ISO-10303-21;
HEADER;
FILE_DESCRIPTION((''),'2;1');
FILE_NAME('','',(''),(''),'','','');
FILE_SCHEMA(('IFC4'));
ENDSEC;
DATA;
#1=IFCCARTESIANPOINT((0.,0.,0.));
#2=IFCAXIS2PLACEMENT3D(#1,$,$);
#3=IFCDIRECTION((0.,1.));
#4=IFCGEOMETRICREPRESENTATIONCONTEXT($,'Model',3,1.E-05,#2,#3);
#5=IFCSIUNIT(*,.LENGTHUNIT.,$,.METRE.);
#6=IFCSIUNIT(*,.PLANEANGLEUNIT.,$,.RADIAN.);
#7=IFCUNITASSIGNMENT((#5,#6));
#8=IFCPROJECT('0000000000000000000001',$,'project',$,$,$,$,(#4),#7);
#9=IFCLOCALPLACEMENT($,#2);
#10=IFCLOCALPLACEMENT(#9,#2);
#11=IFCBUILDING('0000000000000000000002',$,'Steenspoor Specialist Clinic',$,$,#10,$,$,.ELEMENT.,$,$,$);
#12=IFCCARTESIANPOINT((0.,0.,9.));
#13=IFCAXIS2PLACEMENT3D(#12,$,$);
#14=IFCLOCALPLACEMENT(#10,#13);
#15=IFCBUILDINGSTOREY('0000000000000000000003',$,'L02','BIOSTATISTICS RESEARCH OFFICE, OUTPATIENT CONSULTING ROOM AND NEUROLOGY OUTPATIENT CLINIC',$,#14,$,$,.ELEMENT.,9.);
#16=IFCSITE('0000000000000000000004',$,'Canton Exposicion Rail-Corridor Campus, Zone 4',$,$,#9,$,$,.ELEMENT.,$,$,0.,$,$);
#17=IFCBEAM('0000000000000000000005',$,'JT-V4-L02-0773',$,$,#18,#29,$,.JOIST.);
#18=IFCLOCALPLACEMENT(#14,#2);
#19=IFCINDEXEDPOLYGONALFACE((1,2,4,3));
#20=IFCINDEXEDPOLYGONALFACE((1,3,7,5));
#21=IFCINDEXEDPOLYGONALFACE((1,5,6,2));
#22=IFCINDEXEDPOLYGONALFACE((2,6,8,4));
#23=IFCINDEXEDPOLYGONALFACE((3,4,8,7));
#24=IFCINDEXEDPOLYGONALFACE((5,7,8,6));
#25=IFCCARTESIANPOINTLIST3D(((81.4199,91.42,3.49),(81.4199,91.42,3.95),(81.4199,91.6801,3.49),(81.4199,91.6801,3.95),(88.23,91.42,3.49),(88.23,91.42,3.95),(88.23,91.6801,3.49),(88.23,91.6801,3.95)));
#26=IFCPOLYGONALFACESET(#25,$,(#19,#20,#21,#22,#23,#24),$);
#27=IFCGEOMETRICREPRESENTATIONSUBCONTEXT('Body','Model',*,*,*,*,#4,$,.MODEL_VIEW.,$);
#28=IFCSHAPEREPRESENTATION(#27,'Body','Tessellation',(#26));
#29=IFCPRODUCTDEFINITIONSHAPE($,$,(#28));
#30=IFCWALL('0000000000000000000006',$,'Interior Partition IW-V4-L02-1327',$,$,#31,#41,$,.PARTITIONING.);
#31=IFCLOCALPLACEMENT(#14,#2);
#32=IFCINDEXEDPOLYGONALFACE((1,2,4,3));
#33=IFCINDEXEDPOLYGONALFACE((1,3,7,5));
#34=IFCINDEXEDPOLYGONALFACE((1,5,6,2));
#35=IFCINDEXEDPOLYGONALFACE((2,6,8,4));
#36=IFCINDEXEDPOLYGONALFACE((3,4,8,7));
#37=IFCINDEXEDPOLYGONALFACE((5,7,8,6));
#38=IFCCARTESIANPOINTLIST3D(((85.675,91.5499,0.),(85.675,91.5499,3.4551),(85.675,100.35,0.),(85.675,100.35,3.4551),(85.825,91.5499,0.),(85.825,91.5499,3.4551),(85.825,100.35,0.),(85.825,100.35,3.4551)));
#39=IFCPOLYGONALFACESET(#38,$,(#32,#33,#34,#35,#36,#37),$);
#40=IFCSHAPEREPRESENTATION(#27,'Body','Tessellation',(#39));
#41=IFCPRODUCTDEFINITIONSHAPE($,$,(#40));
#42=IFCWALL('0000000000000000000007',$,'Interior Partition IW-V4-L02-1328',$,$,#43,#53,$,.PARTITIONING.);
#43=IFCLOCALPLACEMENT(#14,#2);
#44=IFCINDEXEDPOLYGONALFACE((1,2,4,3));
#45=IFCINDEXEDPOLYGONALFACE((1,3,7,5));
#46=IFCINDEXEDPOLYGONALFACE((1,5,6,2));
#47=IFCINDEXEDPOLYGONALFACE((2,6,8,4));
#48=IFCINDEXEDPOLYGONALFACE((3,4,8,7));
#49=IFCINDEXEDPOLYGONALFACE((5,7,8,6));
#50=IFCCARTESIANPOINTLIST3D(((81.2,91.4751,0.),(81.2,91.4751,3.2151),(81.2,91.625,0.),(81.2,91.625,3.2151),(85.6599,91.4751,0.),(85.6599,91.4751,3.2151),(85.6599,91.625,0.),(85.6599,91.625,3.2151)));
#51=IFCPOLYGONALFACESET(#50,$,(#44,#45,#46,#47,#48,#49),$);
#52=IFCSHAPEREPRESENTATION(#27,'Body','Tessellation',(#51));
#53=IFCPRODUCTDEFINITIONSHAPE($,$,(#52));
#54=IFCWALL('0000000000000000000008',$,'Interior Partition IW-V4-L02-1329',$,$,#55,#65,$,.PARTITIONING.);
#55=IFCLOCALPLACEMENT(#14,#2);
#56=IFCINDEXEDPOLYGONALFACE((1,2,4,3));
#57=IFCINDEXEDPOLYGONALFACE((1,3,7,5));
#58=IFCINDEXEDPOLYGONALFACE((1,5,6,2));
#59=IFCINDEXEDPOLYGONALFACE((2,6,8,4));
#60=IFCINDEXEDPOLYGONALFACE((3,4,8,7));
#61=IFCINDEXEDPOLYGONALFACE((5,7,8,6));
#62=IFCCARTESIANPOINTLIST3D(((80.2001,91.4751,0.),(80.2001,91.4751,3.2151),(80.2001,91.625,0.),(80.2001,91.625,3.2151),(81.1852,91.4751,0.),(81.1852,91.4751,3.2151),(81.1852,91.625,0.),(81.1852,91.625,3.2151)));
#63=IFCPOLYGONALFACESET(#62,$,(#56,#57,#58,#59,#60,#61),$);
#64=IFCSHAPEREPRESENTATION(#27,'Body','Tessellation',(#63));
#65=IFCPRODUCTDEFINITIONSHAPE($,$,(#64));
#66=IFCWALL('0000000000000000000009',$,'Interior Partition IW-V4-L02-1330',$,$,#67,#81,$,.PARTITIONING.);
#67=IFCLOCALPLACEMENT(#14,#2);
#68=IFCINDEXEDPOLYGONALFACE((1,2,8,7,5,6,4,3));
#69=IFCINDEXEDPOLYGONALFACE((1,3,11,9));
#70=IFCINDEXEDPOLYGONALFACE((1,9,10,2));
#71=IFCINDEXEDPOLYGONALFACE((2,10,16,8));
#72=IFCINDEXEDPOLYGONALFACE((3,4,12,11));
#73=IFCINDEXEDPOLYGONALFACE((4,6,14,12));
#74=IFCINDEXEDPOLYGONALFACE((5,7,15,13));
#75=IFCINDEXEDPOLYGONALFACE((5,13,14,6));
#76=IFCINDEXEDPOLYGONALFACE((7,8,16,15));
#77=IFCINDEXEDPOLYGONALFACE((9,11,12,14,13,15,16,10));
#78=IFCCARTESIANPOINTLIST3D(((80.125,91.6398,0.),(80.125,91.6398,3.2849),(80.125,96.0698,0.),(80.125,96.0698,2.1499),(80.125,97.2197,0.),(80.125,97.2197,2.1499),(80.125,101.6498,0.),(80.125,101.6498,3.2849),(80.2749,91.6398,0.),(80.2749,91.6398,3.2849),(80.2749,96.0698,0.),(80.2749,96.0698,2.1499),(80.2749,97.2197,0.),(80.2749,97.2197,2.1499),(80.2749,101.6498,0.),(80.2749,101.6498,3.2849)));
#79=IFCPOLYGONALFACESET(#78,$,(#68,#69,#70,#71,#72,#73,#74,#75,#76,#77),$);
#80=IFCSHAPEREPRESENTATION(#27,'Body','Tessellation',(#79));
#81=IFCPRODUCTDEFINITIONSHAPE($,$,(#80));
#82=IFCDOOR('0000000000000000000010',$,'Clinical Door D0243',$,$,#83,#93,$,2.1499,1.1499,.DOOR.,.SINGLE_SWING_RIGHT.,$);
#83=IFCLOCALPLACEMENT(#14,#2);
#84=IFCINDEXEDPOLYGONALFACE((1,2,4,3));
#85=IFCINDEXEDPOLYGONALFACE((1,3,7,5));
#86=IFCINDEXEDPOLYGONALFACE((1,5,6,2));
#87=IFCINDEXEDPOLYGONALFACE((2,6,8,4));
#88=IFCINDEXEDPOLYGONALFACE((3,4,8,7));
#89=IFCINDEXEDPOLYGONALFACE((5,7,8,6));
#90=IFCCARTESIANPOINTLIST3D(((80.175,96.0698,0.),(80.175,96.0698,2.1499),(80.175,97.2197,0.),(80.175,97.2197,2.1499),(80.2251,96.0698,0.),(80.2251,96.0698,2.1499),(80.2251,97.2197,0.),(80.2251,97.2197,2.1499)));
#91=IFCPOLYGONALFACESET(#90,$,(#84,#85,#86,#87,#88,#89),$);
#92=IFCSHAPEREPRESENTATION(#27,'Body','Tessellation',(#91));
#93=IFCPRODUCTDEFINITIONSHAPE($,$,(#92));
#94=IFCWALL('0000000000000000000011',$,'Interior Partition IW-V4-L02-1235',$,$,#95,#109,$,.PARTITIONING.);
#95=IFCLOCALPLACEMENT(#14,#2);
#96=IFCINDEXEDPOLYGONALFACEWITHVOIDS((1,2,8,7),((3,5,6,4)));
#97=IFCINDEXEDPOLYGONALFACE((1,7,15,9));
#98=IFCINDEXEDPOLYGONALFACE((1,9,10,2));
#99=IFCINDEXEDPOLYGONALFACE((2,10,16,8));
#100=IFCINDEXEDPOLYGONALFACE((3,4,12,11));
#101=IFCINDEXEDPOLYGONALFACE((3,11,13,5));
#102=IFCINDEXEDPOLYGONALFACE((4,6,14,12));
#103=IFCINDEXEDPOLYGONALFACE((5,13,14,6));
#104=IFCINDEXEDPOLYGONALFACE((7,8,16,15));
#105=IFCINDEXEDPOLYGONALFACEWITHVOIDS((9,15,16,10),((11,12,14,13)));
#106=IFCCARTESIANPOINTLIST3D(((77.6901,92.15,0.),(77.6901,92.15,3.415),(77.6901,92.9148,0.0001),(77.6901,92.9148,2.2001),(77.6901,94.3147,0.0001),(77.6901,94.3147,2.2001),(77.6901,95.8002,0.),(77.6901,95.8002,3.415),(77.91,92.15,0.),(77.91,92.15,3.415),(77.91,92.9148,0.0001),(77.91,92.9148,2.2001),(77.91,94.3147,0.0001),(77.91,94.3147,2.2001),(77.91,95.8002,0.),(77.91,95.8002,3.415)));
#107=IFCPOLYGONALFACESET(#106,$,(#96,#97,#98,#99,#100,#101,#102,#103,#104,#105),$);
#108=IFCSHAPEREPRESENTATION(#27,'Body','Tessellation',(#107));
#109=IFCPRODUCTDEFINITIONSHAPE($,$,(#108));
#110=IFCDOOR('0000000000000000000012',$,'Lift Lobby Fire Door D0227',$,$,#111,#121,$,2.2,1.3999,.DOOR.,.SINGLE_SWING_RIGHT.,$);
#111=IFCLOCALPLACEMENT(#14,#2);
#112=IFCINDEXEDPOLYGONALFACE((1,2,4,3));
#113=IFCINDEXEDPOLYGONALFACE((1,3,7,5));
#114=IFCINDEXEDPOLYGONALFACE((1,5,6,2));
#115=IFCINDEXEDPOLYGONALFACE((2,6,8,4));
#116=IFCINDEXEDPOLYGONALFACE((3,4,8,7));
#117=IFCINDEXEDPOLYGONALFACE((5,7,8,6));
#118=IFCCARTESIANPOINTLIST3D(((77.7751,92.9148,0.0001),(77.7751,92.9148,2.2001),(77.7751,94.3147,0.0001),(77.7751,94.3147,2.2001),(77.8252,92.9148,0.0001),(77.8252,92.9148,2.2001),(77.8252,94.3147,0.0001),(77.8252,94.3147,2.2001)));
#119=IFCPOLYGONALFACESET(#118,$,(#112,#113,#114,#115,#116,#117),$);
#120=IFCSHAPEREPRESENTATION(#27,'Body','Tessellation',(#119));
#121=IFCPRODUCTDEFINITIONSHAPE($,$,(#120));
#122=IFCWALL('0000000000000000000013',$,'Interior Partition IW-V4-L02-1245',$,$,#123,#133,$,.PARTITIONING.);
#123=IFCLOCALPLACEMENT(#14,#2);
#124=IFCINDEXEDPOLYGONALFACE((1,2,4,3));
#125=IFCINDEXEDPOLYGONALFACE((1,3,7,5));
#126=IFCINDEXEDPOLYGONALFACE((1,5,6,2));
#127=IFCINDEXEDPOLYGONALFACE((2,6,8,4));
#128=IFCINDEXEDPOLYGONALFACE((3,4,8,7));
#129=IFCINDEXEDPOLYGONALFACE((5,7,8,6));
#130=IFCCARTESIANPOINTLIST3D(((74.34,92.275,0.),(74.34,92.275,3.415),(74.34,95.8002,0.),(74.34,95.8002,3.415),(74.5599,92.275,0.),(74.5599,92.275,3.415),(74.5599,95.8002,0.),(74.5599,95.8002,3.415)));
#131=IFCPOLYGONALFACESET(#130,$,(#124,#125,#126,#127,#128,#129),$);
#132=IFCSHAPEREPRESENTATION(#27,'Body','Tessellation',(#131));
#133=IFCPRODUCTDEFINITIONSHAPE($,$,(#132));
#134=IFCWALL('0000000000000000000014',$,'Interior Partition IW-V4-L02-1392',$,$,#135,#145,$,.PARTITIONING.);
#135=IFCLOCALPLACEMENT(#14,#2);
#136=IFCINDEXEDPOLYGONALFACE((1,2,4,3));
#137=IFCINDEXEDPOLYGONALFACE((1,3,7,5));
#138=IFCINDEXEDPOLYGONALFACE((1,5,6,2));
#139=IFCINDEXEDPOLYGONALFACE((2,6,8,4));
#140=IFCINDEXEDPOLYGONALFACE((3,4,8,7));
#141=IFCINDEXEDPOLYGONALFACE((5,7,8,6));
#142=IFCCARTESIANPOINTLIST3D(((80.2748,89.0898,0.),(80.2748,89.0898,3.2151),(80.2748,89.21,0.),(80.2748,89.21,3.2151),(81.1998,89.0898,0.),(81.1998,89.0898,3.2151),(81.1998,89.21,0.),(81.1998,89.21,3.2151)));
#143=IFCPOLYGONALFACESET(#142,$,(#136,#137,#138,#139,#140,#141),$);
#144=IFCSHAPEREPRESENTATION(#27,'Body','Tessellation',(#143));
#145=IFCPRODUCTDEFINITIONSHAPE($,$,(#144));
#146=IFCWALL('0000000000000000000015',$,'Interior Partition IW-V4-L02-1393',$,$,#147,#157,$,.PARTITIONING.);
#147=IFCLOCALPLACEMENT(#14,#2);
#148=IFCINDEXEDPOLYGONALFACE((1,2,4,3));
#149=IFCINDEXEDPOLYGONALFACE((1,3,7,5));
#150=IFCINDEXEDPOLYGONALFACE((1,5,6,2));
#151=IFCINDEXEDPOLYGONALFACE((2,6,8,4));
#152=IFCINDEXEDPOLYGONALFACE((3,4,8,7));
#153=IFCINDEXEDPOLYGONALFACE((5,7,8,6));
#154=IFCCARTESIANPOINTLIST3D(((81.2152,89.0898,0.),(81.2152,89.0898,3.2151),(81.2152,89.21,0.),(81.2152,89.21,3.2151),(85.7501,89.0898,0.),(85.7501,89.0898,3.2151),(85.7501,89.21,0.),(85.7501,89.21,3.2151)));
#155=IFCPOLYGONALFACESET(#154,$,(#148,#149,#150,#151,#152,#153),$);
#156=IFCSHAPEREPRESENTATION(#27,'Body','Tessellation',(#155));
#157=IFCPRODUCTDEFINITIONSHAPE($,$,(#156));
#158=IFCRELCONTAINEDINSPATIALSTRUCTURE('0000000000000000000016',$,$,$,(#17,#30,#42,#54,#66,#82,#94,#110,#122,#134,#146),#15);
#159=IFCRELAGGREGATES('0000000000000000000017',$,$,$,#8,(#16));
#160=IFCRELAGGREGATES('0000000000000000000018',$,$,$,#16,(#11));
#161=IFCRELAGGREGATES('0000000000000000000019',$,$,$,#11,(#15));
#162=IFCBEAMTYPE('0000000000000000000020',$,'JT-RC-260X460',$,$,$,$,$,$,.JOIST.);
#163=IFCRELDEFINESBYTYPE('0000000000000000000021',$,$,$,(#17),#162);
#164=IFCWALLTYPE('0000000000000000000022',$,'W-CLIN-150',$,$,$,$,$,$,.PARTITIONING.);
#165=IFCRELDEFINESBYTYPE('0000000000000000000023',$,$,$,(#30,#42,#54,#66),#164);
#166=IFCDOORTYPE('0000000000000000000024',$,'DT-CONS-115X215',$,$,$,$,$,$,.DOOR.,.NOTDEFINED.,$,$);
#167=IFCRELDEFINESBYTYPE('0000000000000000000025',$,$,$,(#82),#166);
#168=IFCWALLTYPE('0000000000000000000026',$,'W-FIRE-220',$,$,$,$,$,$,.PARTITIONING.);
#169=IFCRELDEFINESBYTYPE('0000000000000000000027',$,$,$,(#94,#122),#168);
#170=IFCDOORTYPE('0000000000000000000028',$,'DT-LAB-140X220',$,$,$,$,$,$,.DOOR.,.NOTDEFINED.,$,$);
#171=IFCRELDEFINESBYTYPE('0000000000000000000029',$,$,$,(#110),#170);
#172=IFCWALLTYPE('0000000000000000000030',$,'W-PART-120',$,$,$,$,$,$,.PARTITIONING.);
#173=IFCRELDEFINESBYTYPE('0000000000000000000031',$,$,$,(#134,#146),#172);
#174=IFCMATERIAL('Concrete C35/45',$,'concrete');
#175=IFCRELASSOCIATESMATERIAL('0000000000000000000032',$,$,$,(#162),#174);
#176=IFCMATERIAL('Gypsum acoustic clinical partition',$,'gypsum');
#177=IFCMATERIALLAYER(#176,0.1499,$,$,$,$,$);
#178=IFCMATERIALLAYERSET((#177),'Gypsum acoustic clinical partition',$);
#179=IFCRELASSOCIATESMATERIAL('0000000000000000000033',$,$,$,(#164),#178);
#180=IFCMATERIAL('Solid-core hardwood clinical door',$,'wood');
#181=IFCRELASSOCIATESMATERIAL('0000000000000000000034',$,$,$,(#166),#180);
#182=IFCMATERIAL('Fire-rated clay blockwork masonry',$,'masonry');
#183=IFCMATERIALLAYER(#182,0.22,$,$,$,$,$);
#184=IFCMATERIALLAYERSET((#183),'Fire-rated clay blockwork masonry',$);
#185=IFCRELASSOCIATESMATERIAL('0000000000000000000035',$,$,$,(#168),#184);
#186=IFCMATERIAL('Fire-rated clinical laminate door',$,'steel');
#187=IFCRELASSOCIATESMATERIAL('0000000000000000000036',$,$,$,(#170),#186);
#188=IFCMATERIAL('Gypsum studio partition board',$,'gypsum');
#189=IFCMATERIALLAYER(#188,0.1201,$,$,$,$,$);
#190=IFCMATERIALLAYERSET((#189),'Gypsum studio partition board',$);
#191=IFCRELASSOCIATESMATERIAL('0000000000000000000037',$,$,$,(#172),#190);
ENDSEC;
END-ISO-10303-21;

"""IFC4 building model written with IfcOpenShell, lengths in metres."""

from ifc_helpers import new_model, si_unit, direction, frame, frame_2d, origin, origin_2d, place, context, subcontext, project, spatial, rectangle, extrude, material, layer, layer_set, material_profile, profile_set, type_object, element, fill, save


model = new_model("IFC4")

# Units and contexts
model_context = context("Model", 3, precision=1e-05, world=origin(), true_north=direction((0.0, 1.0)))
body_context = subcontext(model_context, "Body", "Model", "MODEL_VIEW")
ifc_project = project(units=[si_unit("LENGTHUNIT", "METRE"), si_unit("PLANEANGLEUNIT", "RADIAN")], contexts=[model_context])

# Site, building, storey
site_placement = place(None, origin())
site = spatial("IfcSite", under=ifc_project, at=site_placement, Name="Canton Exposicion Rail-Corridor Campus, Zone 4", CompositionType="ELEMENT", RefElevation=0.0)
building_placement = place(site_placement, origin())
building = spatial("IfcBuilding", under=site, at=building_placement, Name="Steenspoor Specialist Clinic", CompositionType="ELEMENT")
storey_placement = place(building_placement, frame((0.0, 0.0, 9.0)))
storey = spatial("IfcBuildingStorey", under=building, at=storey_placement, Name="L02", Description="BIOSTATISTICS RESEARCH OFFICE, OUTPATIENT CONSULTING ROOM AND NEUROLOGY OUTPATIENT CLINIC", CompositionType="ELEMENT", Elevation=9.0)

# Beam
ifc_material_1 = material(Name="Concrete C35/45", Category="concrete")
ifc_material_profile_1 = material_profile(ifc_material_1, rectangle(XDim=0.26, YDim=0.46, at=origin_2d()), Name="RC-JT-260X460")
ifc_profile_set_1 = profile_set([ifc_material_profile_1], Name="Concrete C35/45")
beam_type_1 = type_object("IfcBeamType", Name="JT-RC-260X460", PredefinedType="JOIST", material=ifc_profile_set_1)
beam_1_placement = place(storey_placement, frame((81.4199, 91.55, 3.72), z_axis=(1.0, 0.0, 0.0), x_axis=(0.0, 1.0, 0.0)))
element("IfcBeam", 1, at=beam_1_placement, inside=storey, type_object=beam_type_1, Name="JT-V4-L02-0773", PredefinedType="JOIST", context=body_context, shape_type="SweptSolid", body=[
    extrude(rectangle(XDim=0.26, YDim=0.46, at=origin_2d()), origin(), (0.0, 0.0, 1.0), 6.8101),
])

# Walls
ifc_material_2 = material(Name="Gypsum acoustic clinical partition", Category="gypsum")
ifc_layer_1 = layer(ifc_material_2, 0.1499)
ifc_layer_set_1 = layer_set([ifc_layer_1], Name="Gypsum acoustic clinical partition")
wall_type_1 = type_object("IfcWallType", Name="W-CLIN-150", PredefinedType="PARTITIONING", material=ifc_layer_set_1)
wall_1_placement = place(storey_placement, frame((85.75, 91.55, 0.0), z_axis=(0.0, 0.0, 1.0), x_axis=(0.0, 1.0, 0.0)))
element("IfcWall", 2, at=wall_1_placement, inside=storey, type_object=wall_type_1, Name="Interior Partition IW-V4-L02-1327", PredefinedType="PARTITIONING", context=body_context, shape_type="SweptSolid", body=[
    extrude(rectangle(XDim=8.8, YDim=0.1499, at=frame_2d((4.3999, 0.0))), origin(), (0.0, 0.0, 1.0), 3.4551),
])
wall_2_placement = place(storey_placement, frame((81.2, 91.55, 0.0), z_axis=(0.0, 0.0, 1.0), x_axis=(1.0, 0.0, 0.0)))
element("IfcWall", 3, at=wall_2_placement, inside=storey, type_object=wall_type_1, Name="Interior Partition IW-V4-L02-1328", PredefinedType="PARTITIONING", context=body_context, shape_type="SweptSolid", body=[
    extrude(rectangle(XDim=4.46, YDim=0.1499, at=frame_2d((2.23, 0.0))), origin(), (0.0, 0.0, 1.0), 3.2151),
])
wall_3_placement = place(storey_placement, frame((80.2, 91.55, 0.0), z_axis=(0.0, 0.0, 1.0), x_axis=(1.0, 0.0, 0.0)))
element("IfcWall", 4, at=wall_3_placement, inside=storey, type_object=wall_type_1, Name="Interior Partition IW-V4-L02-1329", PredefinedType="PARTITIONING", context=body_context, shape_type="SweptSolid", body=[
    extrude(rectangle(XDim=0.9851, YDim=0.1499, at=frame_2d((0.4927, 0.0))), origin(), (0.0, 0.0, 1.0), 3.2151),
])

# Walls, openings, doors
wall_4_placement = place(storey_placement, frame((80.2, 91.6399, 0.0), z_axis=(0.0, 0.0, 1.0), x_axis=(0.0, 1.0, 0.0)))
wall_4 = element("IfcWall", 5, at=wall_4_placement, inside=storey, type_object=wall_type_1, Name="Interior Partition IW-V4-L02-1330", PredefinedType="PARTITIONING", context=body_context, shape_type="SweptSolid", body=[
    extrude(rectangle(XDim=10.01, YDim=0.1499, at=frame_2d((5.0049, 0.0))), origin(), (0.0, 0.0, 1.0), 3.2849),
])
opening_1_placement = place(wall_4_placement, frame((4.4299, 0.0, 0.0)))
opening_1 = element("IfcOpeningElement", 6, at=opening_1_placement, cuts=wall_4, PredefinedType="OPENING", context=body_context, shape_type="SweptSolid", body=[
    extrude(rectangle(XDim=1.1499, YDim=2.1499, at=frame_2d((0.575, 1.075))), frame((0.0, 0.085, 0.0), z_axis=(0.0, -1.0, 0.0), x_axis=(1.0, 0.0, 0.0)), (0.0, 0.0, 1.0), 0.1699),
])
ifc_material_3 = material(Name="Solid-core hardwood clinical door", Category="wood")
door_type_1 = type_object("IfcDoorType", Name="DT-CONS-115X215", OperationType="NOTDEFINED", PredefinedType="DOOR", material=ifc_material_3)
door_1_placement = place(opening_1_placement, origin())
door_1 = element("IfcDoor", 7, at=door_1_placement, inside=storey, type_object=door_type_1, Name="Clinical Door D0243", OperationType="SINGLE_SWING_RIGHT", OverallHeight=2.1499, OverallWidth=1.1499, PredefinedType="DOOR", context=body_context, shape_type="SweptSolid", body=[
    extrude(rectangle(XDim=1.1499, YDim=2.1499, at=frame_2d((0.575, 1.075))), frame((0.0, 0.0249, 0.0), z_axis=(0.0, -1.0, 0.0), x_axis=(1.0, 0.0, 0.0)), (0.0, 0.0, 1.0), 0.05),
])
fill(opening_1, door_1)
ifc_material_4 = material(Name="Fire-rated clay blockwork masonry", Category="masonry")
ifc_layer_2 = layer(ifc_material_4, 0.22)
ifc_layer_set_2 = layer_set([ifc_layer_2], Name="Fire-rated clay blockwork masonry")
wall_type_2 = type_object("IfcWallType", Name="W-FIRE-220", PredefinedType="PARTITIONING", material=ifc_layer_set_2)
wall_5_placement = place(storey_placement, frame((77.8, 92.1499, 0.0), z_axis=(0.0, 0.0, 1.0), x_axis=(0.0, 1.0, 0.0)))
wall_5 = element("IfcWall", 8, at=wall_5_placement, inside=storey, type_object=wall_type_2, Name="Interior Partition IW-V4-L02-1235", PredefinedType="PARTITIONING", context=body_context, shape_type="SweptSolid", body=[
    extrude(rectangle(XDim=3.6501, YDim=0.22, at=frame_2d((1.8252, 0.0))), origin(), (0.0, 0.0, 1.0), 3.415),
])
opening_2_placement = place(wall_5_placement, frame((0.7649, 0.0, 0.0)))
opening_2 = element("IfcOpeningElement", 9, at=opening_2_placement, cuts=wall_5, PredefinedType="OPENING", context=body_context, shape_type="SweptSolid", body=[
    extrude(rectangle(XDim=1.3999, YDim=2.2, at=frame_2d((0.7, 1.1001))), frame((0.0, 0.1201, 0.0), z_axis=(0.0, -1.0, 0.0), x_axis=(1.0, 0.0, 0.0)), (0.0, 0.0, 1.0), 0.24),
])
ifc_material_5 = material(Name="Fire-rated clinical laminate door", Category="steel")
door_type_2 = type_object("IfcDoorType", Name="DT-LAB-140X220", OperationType="NOTDEFINED", PredefinedType="DOOR", material=ifc_material_5)
door_2_placement = place(opening_2_placement, origin())
door_2 = element("IfcDoor", 10, at=door_2_placement, inside=storey, type_object=door_type_2, Name="Lift Lobby Fire Door D0227", OperationType="SINGLE_SWING_RIGHT", OverallHeight=2.2, OverallWidth=1.3999, PredefinedType="DOOR", context=body_context, shape_type="SweptSolid", body=[
    extrude(rectangle(XDim=1.3999, YDim=2.2, at=frame_2d((0.7, 1.1001))), frame((0.0, 0.0249, 0.0), z_axis=(0.0, -1.0, 0.0), x_axis=(1.0, 0.0, 0.0)), (0.0, 0.0, 1.0), 0.05),
])
fill(opening_2, door_2)

# Walls
wall_6_placement = place(storey_placement, frame((74.45, 92.2749, 0.0), z_axis=(0.0, 0.0, 1.0), x_axis=(0.0, 1.0, 0.0)))
element("IfcWall", 11, at=wall_6_placement, inside=storey, type_object=wall_type_2, Name="Interior Partition IW-V4-L02-1245", PredefinedType="PARTITIONING", context=body_context, shape_type="SweptSolid", body=[
    extrude(rectangle(XDim=3.5251, YDim=0.22, at=frame_2d((1.7627, 0.0))), origin(), (0.0, 0.0, 1.0), 3.415),
])
ifc_material_6 = material(Name="Gypsum studio partition board", Category="gypsum")
ifc_layer_3 = layer(ifc_material_6, 0.1201)
ifc_layer_set_3 = layer_set([ifc_layer_3], Name="Gypsum studio partition board")
wall_type_3 = type_object("IfcWallType", Name="W-PART-120", PredefinedType="PARTITIONING", material=ifc_layer_set_3)
wall_7_placement = place(storey_placement, frame((80.2749, 89.1499, 0.0), z_axis=(0.0, 0.0, 1.0), x_axis=(1.0, 0.0, 0.0)))
element("IfcWall", 12, at=wall_7_placement, inside=storey, type_object=wall_type_3, Name="Interior Partition IW-V4-L02-1392", PredefinedType="PARTITIONING", context=body_context, shape_type="SweptSolid", body=[
    extrude(rectangle(XDim=0.925, YDim=0.1201, at=frame_2d((0.4624, 0.0))), origin(), (0.0, 0.0, 1.0), 3.2151),
])
wall_8_placement = place(storey_placement, frame((81.2151, 89.1499, 0.0), z_axis=(0.0, 0.0, 1.0), x_axis=(1.0, 0.0, 0.0)))
element("IfcWall", 13, at=wall_8_placement, inside=storey, type_object=wall_type_3, Name="Interior Partition IW-V4-L02-1393", PredefinedType="PARTITIONING", context=body_context, shape_type="SweptSolid", body=[
    extrude(rectangle(XDim=4.5349, YDim=0.1201, at=frame_2d((2.2676, 0.0))), origin(), (0.0, 0.0, 1.0), 3.2151),
])

save(model, "model.ifc")
